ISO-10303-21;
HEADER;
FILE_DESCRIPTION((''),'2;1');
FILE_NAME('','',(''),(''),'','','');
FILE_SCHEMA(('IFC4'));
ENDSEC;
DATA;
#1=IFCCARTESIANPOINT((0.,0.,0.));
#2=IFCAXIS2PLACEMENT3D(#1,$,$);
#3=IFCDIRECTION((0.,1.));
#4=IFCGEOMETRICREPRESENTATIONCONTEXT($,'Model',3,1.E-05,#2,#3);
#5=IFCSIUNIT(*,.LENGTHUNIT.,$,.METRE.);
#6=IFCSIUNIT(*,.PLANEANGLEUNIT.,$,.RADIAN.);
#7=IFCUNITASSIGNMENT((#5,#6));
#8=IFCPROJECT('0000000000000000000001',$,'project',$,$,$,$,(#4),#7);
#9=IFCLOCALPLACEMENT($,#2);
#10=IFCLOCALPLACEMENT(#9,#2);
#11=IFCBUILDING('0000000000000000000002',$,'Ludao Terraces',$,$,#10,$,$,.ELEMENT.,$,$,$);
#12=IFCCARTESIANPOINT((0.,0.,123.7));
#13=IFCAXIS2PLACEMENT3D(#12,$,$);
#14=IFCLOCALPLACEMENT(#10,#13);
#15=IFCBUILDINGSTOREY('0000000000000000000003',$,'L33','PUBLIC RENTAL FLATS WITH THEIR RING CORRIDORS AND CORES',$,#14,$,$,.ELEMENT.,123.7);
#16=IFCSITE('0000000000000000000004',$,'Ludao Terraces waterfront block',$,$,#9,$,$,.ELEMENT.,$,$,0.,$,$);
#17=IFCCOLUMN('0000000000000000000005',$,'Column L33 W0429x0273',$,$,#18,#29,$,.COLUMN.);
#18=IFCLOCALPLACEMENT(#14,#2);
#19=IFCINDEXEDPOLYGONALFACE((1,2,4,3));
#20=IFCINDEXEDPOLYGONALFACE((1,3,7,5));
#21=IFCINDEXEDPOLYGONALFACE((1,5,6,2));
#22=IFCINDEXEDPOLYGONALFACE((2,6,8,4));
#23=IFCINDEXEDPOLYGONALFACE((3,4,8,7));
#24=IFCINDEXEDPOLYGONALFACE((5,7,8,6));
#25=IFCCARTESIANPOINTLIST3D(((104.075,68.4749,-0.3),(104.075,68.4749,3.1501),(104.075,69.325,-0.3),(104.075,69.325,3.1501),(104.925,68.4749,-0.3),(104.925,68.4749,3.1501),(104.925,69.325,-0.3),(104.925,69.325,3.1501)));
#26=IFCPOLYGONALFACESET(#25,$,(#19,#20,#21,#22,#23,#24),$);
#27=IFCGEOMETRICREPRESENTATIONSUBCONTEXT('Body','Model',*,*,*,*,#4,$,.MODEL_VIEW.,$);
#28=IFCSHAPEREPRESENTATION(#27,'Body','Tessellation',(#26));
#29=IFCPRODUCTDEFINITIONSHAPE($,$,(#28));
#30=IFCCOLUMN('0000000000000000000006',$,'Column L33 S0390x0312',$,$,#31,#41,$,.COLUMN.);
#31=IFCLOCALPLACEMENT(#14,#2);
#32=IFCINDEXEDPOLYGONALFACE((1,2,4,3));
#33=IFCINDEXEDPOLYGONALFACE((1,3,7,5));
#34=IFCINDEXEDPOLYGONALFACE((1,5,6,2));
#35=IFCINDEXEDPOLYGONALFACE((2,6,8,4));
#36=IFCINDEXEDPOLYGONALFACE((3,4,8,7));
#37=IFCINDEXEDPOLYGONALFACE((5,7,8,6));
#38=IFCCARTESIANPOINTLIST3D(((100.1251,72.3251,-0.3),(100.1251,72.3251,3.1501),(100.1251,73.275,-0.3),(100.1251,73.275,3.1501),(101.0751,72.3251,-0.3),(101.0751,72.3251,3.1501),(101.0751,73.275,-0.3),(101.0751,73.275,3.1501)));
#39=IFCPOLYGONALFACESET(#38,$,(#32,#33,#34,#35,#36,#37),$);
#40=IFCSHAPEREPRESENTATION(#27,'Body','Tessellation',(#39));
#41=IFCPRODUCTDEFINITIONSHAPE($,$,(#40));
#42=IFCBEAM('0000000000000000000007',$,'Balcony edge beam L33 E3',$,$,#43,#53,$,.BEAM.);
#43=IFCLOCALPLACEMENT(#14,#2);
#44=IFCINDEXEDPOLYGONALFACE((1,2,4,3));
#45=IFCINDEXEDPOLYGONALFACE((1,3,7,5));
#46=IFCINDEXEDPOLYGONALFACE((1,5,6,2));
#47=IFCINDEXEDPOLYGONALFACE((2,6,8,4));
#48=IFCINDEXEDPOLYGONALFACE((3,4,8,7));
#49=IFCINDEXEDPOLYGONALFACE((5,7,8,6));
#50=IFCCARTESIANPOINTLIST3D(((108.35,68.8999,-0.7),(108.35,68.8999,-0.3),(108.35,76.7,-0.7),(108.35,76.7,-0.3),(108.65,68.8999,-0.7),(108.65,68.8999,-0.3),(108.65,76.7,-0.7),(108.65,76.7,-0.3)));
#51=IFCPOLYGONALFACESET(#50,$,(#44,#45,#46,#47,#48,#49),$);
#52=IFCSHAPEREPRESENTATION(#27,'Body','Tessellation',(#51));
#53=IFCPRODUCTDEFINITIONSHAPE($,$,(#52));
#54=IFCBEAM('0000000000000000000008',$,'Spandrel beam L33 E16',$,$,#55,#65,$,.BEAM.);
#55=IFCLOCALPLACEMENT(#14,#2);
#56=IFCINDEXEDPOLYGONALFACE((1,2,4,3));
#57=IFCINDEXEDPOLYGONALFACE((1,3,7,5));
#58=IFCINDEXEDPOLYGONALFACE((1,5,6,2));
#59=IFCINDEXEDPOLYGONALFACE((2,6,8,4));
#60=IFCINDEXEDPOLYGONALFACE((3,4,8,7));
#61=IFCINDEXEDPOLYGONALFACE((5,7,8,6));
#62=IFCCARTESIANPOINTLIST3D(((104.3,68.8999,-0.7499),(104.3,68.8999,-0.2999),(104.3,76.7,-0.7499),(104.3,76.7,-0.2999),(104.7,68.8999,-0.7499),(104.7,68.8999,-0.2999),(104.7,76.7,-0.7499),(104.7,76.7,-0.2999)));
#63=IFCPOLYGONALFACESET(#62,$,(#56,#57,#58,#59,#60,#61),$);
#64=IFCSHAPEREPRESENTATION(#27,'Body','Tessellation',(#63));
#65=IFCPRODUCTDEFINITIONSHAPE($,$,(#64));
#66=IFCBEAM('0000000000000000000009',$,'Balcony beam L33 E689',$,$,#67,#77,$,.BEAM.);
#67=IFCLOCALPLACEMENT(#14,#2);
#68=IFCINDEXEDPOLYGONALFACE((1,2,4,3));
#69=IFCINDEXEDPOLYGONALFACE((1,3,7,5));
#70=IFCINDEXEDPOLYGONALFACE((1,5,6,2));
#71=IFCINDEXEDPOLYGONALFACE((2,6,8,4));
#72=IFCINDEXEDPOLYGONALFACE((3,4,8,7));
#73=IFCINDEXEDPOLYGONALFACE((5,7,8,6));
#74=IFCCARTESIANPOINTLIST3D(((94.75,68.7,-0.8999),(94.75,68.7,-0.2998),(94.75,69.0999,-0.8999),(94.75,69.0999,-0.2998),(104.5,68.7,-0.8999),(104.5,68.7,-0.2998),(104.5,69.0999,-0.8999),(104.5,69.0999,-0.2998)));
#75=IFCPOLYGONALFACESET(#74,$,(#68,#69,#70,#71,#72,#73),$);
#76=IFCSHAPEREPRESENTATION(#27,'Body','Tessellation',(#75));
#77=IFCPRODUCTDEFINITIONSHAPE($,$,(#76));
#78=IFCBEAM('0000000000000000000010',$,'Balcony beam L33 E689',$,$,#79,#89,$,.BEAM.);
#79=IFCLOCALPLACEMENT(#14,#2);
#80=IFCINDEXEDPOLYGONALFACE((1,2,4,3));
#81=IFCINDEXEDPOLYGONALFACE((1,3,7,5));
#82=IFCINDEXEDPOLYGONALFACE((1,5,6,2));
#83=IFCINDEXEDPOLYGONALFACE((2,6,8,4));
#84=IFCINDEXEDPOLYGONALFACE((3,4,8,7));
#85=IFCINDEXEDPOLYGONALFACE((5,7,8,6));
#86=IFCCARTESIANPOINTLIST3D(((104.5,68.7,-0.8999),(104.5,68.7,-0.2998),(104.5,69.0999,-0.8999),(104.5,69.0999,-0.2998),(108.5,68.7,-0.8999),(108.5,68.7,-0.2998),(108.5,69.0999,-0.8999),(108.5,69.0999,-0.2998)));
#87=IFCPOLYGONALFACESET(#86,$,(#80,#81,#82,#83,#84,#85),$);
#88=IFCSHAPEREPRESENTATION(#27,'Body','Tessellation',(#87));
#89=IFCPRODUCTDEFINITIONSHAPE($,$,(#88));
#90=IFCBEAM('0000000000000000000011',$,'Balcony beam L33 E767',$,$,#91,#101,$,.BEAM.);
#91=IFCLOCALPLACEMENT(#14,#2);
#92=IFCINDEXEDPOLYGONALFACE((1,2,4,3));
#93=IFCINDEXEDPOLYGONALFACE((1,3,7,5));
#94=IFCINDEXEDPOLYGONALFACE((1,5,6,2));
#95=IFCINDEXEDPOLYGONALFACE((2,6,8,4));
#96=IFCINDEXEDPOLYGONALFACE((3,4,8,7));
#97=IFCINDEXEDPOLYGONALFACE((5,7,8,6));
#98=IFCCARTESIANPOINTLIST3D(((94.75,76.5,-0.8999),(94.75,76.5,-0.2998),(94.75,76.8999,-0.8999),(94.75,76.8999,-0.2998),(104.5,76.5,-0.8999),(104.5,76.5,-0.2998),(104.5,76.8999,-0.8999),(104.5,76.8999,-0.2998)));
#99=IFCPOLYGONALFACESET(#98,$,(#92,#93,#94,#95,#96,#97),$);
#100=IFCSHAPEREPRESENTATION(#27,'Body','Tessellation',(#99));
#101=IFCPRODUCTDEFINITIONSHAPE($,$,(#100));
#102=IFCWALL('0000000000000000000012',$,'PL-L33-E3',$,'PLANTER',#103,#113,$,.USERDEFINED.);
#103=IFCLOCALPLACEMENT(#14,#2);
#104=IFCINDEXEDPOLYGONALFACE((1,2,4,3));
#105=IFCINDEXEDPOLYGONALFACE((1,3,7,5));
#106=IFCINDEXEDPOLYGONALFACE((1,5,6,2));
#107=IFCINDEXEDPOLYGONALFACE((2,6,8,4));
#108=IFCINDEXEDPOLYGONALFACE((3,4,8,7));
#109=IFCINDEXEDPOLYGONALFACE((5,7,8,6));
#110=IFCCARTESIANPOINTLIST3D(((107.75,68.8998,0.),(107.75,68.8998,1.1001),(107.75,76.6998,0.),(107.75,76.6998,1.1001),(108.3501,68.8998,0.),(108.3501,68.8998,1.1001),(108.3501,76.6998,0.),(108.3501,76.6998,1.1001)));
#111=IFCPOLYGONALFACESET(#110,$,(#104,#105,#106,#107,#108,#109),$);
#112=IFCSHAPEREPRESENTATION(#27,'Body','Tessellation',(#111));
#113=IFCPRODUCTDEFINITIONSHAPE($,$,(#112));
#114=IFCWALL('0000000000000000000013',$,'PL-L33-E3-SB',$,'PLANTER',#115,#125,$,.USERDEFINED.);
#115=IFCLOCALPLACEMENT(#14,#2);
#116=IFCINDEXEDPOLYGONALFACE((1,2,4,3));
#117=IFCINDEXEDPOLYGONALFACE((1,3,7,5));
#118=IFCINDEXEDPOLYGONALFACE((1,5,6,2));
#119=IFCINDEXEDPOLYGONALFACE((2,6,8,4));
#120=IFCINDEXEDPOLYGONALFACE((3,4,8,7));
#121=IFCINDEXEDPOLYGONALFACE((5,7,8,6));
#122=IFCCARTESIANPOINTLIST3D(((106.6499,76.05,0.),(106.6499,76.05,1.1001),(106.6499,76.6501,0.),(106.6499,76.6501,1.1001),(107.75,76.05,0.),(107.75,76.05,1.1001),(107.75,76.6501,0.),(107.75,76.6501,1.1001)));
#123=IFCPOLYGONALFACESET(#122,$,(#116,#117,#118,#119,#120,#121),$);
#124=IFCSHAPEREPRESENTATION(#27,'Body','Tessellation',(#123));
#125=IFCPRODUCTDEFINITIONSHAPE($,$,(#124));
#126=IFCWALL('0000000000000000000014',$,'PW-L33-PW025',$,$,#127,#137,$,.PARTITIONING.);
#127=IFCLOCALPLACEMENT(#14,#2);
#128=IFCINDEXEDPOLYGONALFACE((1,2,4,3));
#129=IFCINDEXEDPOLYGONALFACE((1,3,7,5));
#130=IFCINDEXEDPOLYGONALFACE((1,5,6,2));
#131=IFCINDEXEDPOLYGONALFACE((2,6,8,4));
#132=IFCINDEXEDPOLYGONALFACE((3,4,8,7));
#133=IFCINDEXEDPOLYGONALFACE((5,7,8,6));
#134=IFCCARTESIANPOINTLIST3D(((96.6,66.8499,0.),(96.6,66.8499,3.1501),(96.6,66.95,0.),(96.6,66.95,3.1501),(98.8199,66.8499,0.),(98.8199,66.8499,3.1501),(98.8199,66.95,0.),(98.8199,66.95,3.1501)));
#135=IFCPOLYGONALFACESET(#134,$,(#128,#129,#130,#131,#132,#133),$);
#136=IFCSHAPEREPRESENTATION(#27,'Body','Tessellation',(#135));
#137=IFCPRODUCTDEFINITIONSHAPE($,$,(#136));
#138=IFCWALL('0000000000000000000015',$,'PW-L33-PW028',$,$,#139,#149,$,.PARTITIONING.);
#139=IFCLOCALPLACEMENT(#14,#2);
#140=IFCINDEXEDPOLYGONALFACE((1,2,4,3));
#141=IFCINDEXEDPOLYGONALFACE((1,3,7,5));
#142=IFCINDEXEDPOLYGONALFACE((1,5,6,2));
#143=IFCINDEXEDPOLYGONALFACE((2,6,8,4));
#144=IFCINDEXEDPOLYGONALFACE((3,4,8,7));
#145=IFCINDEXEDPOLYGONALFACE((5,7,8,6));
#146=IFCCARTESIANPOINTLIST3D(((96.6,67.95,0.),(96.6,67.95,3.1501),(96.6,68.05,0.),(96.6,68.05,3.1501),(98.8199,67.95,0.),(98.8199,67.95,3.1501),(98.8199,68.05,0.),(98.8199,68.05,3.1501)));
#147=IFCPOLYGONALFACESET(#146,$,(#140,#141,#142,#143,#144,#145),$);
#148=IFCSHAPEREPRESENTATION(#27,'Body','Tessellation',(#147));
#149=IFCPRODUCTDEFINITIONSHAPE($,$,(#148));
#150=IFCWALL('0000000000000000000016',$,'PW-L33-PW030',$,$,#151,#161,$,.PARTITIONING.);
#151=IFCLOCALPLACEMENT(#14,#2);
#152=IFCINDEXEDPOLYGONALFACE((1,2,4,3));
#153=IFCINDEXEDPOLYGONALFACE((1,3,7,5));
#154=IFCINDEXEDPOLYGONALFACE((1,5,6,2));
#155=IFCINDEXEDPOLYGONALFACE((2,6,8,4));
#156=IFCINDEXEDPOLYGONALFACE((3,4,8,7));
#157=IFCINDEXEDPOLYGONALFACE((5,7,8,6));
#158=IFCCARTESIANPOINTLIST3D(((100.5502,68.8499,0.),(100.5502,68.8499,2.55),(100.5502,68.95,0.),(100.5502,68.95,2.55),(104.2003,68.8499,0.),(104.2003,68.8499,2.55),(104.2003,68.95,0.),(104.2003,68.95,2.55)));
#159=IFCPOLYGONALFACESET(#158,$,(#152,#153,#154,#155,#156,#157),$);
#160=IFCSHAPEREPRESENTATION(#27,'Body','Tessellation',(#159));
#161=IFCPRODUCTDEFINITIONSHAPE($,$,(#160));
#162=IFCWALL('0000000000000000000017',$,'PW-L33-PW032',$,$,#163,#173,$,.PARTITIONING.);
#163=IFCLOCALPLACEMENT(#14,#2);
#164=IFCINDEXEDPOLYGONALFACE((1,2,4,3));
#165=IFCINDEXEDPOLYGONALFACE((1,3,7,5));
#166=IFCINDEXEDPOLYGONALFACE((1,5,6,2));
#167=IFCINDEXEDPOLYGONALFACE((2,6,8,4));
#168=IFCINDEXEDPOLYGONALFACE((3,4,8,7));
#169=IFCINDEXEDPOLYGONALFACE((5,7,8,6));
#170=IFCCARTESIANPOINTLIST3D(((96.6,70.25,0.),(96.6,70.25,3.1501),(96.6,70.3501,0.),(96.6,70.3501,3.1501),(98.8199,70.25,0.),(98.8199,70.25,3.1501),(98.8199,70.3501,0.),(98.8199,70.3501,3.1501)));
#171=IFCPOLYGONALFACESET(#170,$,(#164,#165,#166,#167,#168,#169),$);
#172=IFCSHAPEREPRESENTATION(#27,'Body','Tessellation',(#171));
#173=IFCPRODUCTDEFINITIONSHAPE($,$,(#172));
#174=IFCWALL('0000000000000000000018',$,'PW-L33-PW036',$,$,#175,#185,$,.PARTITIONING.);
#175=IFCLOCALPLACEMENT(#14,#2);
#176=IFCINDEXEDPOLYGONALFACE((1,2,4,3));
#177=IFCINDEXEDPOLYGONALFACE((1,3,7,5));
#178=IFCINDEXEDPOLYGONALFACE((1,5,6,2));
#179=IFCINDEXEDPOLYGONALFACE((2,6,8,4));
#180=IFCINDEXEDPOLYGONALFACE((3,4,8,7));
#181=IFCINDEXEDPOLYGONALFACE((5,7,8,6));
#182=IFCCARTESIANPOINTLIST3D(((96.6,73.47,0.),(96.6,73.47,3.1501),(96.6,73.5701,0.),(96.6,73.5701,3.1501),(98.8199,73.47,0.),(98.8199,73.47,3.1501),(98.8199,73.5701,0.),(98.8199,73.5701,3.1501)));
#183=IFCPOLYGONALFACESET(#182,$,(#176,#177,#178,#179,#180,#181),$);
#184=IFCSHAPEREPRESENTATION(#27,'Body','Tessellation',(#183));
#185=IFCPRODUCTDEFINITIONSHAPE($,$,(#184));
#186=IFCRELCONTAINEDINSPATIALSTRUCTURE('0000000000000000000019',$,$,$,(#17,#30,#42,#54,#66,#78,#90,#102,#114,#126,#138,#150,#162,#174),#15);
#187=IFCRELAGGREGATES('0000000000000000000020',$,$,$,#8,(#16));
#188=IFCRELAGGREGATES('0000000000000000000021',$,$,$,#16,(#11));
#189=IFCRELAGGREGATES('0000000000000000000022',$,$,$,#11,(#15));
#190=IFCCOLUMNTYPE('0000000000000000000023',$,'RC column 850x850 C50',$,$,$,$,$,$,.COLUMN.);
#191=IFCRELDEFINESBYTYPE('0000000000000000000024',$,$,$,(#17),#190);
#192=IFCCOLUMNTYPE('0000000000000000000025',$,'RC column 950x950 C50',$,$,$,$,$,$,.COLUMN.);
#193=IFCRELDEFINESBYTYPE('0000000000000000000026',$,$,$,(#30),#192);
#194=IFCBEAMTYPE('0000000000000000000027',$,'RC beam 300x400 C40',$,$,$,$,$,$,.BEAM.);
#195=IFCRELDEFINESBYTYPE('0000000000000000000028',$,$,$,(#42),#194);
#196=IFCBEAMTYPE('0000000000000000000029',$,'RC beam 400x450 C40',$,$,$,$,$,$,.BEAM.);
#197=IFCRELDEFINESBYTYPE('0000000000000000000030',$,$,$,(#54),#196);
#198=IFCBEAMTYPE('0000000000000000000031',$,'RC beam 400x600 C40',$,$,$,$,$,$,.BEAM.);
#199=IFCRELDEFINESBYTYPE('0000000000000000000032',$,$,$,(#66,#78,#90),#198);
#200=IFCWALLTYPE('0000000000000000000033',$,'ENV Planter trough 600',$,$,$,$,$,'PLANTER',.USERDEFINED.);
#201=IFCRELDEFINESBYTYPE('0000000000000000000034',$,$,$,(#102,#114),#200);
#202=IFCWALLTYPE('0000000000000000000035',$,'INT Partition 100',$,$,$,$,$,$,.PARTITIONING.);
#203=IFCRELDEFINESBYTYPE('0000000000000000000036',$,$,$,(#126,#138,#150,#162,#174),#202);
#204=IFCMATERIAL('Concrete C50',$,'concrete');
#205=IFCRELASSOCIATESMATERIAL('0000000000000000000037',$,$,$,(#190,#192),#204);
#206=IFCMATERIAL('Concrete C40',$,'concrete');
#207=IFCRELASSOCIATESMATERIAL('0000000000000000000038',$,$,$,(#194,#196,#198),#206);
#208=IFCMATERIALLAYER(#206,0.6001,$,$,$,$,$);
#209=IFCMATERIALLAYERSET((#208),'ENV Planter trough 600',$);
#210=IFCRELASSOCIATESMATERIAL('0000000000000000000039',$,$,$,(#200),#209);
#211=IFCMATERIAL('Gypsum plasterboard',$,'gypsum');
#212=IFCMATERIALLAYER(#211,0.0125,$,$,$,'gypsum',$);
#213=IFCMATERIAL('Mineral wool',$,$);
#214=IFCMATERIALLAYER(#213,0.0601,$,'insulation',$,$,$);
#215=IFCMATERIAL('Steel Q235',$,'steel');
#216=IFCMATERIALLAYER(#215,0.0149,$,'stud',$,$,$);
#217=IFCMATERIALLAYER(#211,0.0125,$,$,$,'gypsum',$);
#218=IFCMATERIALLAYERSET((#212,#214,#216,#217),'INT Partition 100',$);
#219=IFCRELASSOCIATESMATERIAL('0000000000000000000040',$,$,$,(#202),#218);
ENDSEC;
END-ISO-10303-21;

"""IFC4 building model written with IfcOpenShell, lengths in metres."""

from ifc_helpers import new_model, si_unit, direction, frame, frame_2d, origin, origin_2d, place, context, subcontext, project, spatial, rectangle, extrude, material, layer, layer_set, material_profile, profile_set, type_object, element, save


model = new_model("IFC4")

# Units and contexts
model_context = context("Model", 3, precision=1e-05, world=origin(), true_north=direction((0.0, 1.0)))
body_context = subcontext(model_context, "Body", "Model", "MODEL_VIEW")
ifc_project = project(units=[si_unit("LENGTHUNIT", "METRE"), si_unit("PLANEANGLEUNIT", "RADIAN")], contexts=[model_context])

# Site, building, storey
site_placement = place(None, origin())
site = spatial("IfcSite", under=ifc_project, at=site_placement, Name="Ludao Terraces waterfront block", CompositionType="ELEMENT", RefElevation=0.0)
building_placement = place(site_placement, origin())
building = spatial("IfcBuilding", under=site, at=building_placement, Name="Ludao Terraces", CompositionType="ELEMENT")
storey_placement = place(building_placement, frame((0.0, 0.0, 123.7)))
storey = spatial("IfcBuildingStorey", under=building, at=storey_placement, Name="L33", Description="PUBLIC RENTAL FLATS WITH THEIR RING CORRIDORS AND CORES", CompositionType="ELEMENT", Elevation=123.7)

# Columns
ifc_material_1 = material(Name="Concrete C50", Category="concrete")
ifc_material_profile_1 = material_profile(ifc_material_1, rectangle(XDim=0.8501, YDim=0.8501, at=origin_2d()), Name="850 X 850")
ifc_profile_set_1 = profile_set([ifc_material_profile_1], Name="Concrete C50")
column_type_1 = type_object("IfcColumnType", Name="RC column 850x850 C50", PredefinedType="COLUMN", material=ifc_profile_set_1)
column_1_placement = place(storey_placement, frame((104.5, 68.8999, -0.3), z_axis=(0.0, 0.0, 1.0), x_axis=(1.0, 0.0, 0.0)))
element("IfcColumn", 1, at=column_1_placement, inside=storey, type_object=column_type_1, Name="Column L33 W0429x0273", PredefinedType="COLUMN", context=body_context, shape_type="SweptSolid", body=[
    extrude(rectangle(XDim=0.8501, YDim=0.8501, at=origin_2d()), origin(), (0.0, 0.0, 1.0), 3.4502),
])
ifc_material_profile_2 = material_profile(ifc_material_1, rectangle(XDim=0.95, YDim=0.95, at=origin_2d()), Name="950 X 950")
ifc_profile_set_2 = profile_set([ifc_material_profile_2], Name="Concrete C50")
column_type_2 = type_object("IfcColumnType", Name="RC column 950x950 C50", PredefinedType="COLUMN", material=ifc_profile_set_2)
column_2_placement = place(storey_placement, frame((100.6001, 72.8, -0.3), z_axis=(0.0, 0.0, 1.0), x_axis=(1.0, 0.0, 0.0)))
element("IfcColumn", 2, at=column_2_placement, inside=storey, type_object=column_type_2, Name="Column L33 S0390x0312", PredefinedType="COLUMN", context=body_context, shape_type="SweptSolid", body=[
    extrude(rectangle(XDim=0.95, YDim=0.95, at=origin_2d()), origin(), (0.0, 0.0, 1.0), 3.4502),
])

# Beams
ifc_material_2 = material(Name="Concrete C40", Category="concrete")
ifc_material_profile_3 = material_profile(ifc_material_2, rectangle(XDim=0.3, YDim=0.3999, at=origin_2d()), Name="300 X 400")
ifc_profile_set_3 = profile_set([ifc_material_profile_3], Name="Concrete C40")
beam_type_1 = type_object("IfcBeamType", Name="RC beam 300x400 C40", PredefinedType="BEAM", material=ifc_profile_set_3)
beam_1_placement = place(storey_placement, frame((108.5, 68.8999, -0.5), z_axis=(0.0, 1.0, 0.0), x_axis=(-1.0, 0.0, 0.0)))
element("IfcBeam", 3, at=beam_1_placement, inside=storey, type_object=beam_type_1, Name="Balcony edge beam L33 E3", PredefinedType="BEAM", context=body_context, shape_type="SweptSolid", body=[
    extrude(rectangle(XDim=0.3, YDim=0.3999, at=origin_2d()), origin(), (0.0, 0.0, 1.0), 7.8),
])
ifc_material_profile_4 = material_profile(ifc_material_2, rectangle(XDim=0.3999, YDim=0.45, at=origin_2d()), Name="400 X 450")
ifc_profile_set_4 = profile_set([ifc_material_profile_4], Name="Concrete C40")
beam_type_2 = type_object("IfcBeamType", Name="RC beam 400x450 C40", PredefinedType="BEAM", material=ifc_profile_set_4)
beam_2_placement = place(storey_placement, frame((104.5, 68.8999, -0.5249), z_axis=(0.0, 1.0, 0.0), x_axis=(-1.0, 0.0, 0.0)))
element("IfcBeam", 4, at=beam_2_placement, inside=storey, type_object=beam_type_2, Name="Spandrel beam L33 E16", PredefinedType="BEAM", context=body_context, shape_type="SweptSolid", body=[
    extrude(rectangle(XDim=0.3999, YDim=0.45, at=origin_2d()), origin(), (0.0, 0.0, 1.0), 7.8),
])
ifc_material_profile_5 = material_profile(ifc_material_2, rectangle(XDim=0.3999, YDim=0.6001, at=origin_2d()), Name="400 X 600")
ifc_profile_set_5 = profile_set([ifc_material_profile_5], Name="Concrete C40")
beam_type_3 = type_object("IfcBeamType", Name="RC beam 400x600 C40", PredefinedType="BEAM", material=ifc_profile_set_5)
beam_3_placement = place(storey_placement, frame((94.75, 68.8999, -0.5999), z_axis=(1.0, 0.0, 0.0), x_axis=(0.0, 1.0, 0.0)))
element("IfcBeam", 5, at=beam_3_placement, inside=storey, type_object=beam_type_3, Name="Balcony beam L33 E689", PredefinedType="BEAM", context=body_context, shape_type="SweptSolid", body=[
    extrude(rectangle(XDim=0.3999, YDim=0.6001, at=origin_2d()), origin(), (0.0, 0.0, 1.0), 9.75),
])
beam_4_placement = place(storey_placement, frame((104.5, 68.8999, -0.5999), z_axis=(1.0, 0.0, 0.0), x_axis=(0.0, 1.0, 0.0)))
element("IfcBeam", 6, at=beam_4_placement, inside=storey, type_object=beam_type_3, Name="Balcony beam L33 E689", PredefinedType="BEAM", context=body_context, shape_type="SweptSolid", body=[
    extrude(rectangle(XDim=0.3999, YDim=0.6001, at=origin_2d()), origin(), (0.0, 0.0, 1.0), 4.0),
])
beam_5_placement = place(storey_placement, frame((94.75, 76.7, -0.5999), z_axis=(1.0, 0.0, 0.0), x_axis=(0.0, 1.0, 0.0)))
element("IfcBeam", 7, at=beam_5_placement, inside=storey, type_object=beam_type_3, Name="Balcony beam L33 E767", PredefinedType="BEAM", context=body_context, shape_type="SweptSolid", body=[
    extrude(rectangle(XDim=0.3999, YDim=0.6001, at=origin_2d()), origin(), (0.0, 0.0, 1.0), 9.75),
])

# Walls
ifc_layer_1 = layer(ifc_material_2, 0.6001)
ifc_layer_set_1 = layer_set([ifc_layer_1], Name="ENV Planter trough 600")
wall_type_1 = type_object("IfcWallType", Name="ENV Planter trough 600", ElementType="PLANTER", PredefinedType="USERDEFINED", material=ifc_layer_set_1)
wall_1_placement = place(storey_placement, frame((108.05, 68.8999, 0.0), z_axis=(0.0, 0.0, 1.0), x_axis=(0.0, 1.0, 0.0)))
element("IfcWall", 8, at=wall_1_placement, inside=storey, type_object=wall_type_1, Name="PL-L33-E3", ObjectType="PLANTER", PredefinedType="USERDEFINED", context=body_context, shape_type="SweptSolid", body=[
    extrude(rectangle(XDim=7.8, YDim=0.6001, at=frame_2d((3.8999, 0.0))), origin(), (0.0, 0.0, 1.0), 1.1001),
])
wall_2_placement = place(storey_placement, frame((107.75, 76.3501, 0.0), z_axis=(0.0, 0.0, 1.0), x_axis=(-1.0, 0.0, 0.0)))
element("IfcWall", 9, at=wall_2_placement, inside=storey, type_object=wall_type_1, Name="PL-L33-E3-SB", ObjectType="PLANTER", PredefinedType="USERDEFINED", context=body_context, shape_type="SweptSolid", body=[
    extrude(rectangle(XDim=1.1001, YDim=0.6001, at=frame_2d((0.55, 0.0))), origin(), (0.0, 0.0, 1.0), 1.1001),
])

# Shared definitions
ifc_material_3 = material(Name="Mineral wool")

# Walls
ifc_material_4 = material(Name="Gypsum plasterboard", Category="gypsum")
ifc_layer_2 = layer(ifc_material_4, 0.0125, Category="gypsum")
ifc_layer_3 = layer(ifc_material_3, 0.0601, Name="insulation")
ifc_material_5 = material(Name="Steel Q235", Category="steel")
ifc_layer_4 = layer(ifc_material_5, 0.0149, Name="stud")
ifc_layer_5 = layer(ifc_material_4, 0.0125, Category="gypsum")
ifc_layer_set_2 = layer_set([ifc_layer_2, ifc_layer_3, ifc_layer_4, ifc_layer_5], Name="INT Partition 100")
wall_type_2 = type_object("IfcWallType", Name="INT Partition 100", PredefinedType="PARTITIONING", material=ifc_layer_set_2)
for number, where, z_axis, x_axis, name in (
    (10, (96.6001, 66.8999, 0.0), (0.0, 0.0, 1.0), (1.0, 0.0, 0.0), "PW-L33-PW025"),
    (11, (96.6001, 68.0, 0.0), (0.0, 0.0, 1.0), (1.0, 0.0, 0.0), "PW-L33-PW028"),
):
    element("IfcWall", number, at=place(storey_placement, frame(where, z_axis=z_axis, x_axis=x_axis)), inside=storey, type_object=wall_type_2, Name=name, PredefinedType="PARTITIONING", context=body_context, shape_type="SweptSolid", body=[
        extrude(rectangle(XDim=2.22, YDim=0.1001, at=frame_2d((1.1099, 0.0))), origin(), (0.0, 0.0, 1.0), 3.1501),
    ])
wall_3_placement = place(storey_placement, frame((100.55, 68.8999, 0.0), z_axis=(0.0, 0.0, 1.0), x_axis=(1.0, 0.0, 0.0)))
element("IfcWall", 12, at=wall_3_placement, inside=storey, type_object=wall_type_2, Name="PW-L33-PW030", PredefinedType="PARTITIONING", context=body_context, shape_type="SweptSolid", body=[
    extrude(rectangle(XDim=3.6501, YDim=0.1001, at=frame_2d((1.8252, 0.0))), origin(), (0.0, 0.0, 1.0), 2.55),
])
for number, where, z_axis, x_axis, name in (
    (13, (96.6001, 70.3, 0.0), (0.0, 0.0, 1.0), (1.0, 0.0, 0.0), "PW-L33-PW032"),
    (14, (96.6001, 73.52, 0.0), (0.0, 0.0, 1.0), (1.0, 0.0, 0.0), "PW-L33-PW036"),
):
    element("IfcWall", number, at=place(storey_placement, frame(where, z_axis=z_axis, x_axis=x_axis)), inside=storey, type_object=wall_type_2, Name=name, PredefinedType="PARTITIONING", context=body_context, shape_type="SweptSolid", body=[
        extrude(rectangle(XDim=2.22, YDim=0.1001, at=frame_2d((1.1099, 0.0))), origin(), (0.0, 0.0, 1.0), 3.1501),
    ])

save(model, "model.ifc")
